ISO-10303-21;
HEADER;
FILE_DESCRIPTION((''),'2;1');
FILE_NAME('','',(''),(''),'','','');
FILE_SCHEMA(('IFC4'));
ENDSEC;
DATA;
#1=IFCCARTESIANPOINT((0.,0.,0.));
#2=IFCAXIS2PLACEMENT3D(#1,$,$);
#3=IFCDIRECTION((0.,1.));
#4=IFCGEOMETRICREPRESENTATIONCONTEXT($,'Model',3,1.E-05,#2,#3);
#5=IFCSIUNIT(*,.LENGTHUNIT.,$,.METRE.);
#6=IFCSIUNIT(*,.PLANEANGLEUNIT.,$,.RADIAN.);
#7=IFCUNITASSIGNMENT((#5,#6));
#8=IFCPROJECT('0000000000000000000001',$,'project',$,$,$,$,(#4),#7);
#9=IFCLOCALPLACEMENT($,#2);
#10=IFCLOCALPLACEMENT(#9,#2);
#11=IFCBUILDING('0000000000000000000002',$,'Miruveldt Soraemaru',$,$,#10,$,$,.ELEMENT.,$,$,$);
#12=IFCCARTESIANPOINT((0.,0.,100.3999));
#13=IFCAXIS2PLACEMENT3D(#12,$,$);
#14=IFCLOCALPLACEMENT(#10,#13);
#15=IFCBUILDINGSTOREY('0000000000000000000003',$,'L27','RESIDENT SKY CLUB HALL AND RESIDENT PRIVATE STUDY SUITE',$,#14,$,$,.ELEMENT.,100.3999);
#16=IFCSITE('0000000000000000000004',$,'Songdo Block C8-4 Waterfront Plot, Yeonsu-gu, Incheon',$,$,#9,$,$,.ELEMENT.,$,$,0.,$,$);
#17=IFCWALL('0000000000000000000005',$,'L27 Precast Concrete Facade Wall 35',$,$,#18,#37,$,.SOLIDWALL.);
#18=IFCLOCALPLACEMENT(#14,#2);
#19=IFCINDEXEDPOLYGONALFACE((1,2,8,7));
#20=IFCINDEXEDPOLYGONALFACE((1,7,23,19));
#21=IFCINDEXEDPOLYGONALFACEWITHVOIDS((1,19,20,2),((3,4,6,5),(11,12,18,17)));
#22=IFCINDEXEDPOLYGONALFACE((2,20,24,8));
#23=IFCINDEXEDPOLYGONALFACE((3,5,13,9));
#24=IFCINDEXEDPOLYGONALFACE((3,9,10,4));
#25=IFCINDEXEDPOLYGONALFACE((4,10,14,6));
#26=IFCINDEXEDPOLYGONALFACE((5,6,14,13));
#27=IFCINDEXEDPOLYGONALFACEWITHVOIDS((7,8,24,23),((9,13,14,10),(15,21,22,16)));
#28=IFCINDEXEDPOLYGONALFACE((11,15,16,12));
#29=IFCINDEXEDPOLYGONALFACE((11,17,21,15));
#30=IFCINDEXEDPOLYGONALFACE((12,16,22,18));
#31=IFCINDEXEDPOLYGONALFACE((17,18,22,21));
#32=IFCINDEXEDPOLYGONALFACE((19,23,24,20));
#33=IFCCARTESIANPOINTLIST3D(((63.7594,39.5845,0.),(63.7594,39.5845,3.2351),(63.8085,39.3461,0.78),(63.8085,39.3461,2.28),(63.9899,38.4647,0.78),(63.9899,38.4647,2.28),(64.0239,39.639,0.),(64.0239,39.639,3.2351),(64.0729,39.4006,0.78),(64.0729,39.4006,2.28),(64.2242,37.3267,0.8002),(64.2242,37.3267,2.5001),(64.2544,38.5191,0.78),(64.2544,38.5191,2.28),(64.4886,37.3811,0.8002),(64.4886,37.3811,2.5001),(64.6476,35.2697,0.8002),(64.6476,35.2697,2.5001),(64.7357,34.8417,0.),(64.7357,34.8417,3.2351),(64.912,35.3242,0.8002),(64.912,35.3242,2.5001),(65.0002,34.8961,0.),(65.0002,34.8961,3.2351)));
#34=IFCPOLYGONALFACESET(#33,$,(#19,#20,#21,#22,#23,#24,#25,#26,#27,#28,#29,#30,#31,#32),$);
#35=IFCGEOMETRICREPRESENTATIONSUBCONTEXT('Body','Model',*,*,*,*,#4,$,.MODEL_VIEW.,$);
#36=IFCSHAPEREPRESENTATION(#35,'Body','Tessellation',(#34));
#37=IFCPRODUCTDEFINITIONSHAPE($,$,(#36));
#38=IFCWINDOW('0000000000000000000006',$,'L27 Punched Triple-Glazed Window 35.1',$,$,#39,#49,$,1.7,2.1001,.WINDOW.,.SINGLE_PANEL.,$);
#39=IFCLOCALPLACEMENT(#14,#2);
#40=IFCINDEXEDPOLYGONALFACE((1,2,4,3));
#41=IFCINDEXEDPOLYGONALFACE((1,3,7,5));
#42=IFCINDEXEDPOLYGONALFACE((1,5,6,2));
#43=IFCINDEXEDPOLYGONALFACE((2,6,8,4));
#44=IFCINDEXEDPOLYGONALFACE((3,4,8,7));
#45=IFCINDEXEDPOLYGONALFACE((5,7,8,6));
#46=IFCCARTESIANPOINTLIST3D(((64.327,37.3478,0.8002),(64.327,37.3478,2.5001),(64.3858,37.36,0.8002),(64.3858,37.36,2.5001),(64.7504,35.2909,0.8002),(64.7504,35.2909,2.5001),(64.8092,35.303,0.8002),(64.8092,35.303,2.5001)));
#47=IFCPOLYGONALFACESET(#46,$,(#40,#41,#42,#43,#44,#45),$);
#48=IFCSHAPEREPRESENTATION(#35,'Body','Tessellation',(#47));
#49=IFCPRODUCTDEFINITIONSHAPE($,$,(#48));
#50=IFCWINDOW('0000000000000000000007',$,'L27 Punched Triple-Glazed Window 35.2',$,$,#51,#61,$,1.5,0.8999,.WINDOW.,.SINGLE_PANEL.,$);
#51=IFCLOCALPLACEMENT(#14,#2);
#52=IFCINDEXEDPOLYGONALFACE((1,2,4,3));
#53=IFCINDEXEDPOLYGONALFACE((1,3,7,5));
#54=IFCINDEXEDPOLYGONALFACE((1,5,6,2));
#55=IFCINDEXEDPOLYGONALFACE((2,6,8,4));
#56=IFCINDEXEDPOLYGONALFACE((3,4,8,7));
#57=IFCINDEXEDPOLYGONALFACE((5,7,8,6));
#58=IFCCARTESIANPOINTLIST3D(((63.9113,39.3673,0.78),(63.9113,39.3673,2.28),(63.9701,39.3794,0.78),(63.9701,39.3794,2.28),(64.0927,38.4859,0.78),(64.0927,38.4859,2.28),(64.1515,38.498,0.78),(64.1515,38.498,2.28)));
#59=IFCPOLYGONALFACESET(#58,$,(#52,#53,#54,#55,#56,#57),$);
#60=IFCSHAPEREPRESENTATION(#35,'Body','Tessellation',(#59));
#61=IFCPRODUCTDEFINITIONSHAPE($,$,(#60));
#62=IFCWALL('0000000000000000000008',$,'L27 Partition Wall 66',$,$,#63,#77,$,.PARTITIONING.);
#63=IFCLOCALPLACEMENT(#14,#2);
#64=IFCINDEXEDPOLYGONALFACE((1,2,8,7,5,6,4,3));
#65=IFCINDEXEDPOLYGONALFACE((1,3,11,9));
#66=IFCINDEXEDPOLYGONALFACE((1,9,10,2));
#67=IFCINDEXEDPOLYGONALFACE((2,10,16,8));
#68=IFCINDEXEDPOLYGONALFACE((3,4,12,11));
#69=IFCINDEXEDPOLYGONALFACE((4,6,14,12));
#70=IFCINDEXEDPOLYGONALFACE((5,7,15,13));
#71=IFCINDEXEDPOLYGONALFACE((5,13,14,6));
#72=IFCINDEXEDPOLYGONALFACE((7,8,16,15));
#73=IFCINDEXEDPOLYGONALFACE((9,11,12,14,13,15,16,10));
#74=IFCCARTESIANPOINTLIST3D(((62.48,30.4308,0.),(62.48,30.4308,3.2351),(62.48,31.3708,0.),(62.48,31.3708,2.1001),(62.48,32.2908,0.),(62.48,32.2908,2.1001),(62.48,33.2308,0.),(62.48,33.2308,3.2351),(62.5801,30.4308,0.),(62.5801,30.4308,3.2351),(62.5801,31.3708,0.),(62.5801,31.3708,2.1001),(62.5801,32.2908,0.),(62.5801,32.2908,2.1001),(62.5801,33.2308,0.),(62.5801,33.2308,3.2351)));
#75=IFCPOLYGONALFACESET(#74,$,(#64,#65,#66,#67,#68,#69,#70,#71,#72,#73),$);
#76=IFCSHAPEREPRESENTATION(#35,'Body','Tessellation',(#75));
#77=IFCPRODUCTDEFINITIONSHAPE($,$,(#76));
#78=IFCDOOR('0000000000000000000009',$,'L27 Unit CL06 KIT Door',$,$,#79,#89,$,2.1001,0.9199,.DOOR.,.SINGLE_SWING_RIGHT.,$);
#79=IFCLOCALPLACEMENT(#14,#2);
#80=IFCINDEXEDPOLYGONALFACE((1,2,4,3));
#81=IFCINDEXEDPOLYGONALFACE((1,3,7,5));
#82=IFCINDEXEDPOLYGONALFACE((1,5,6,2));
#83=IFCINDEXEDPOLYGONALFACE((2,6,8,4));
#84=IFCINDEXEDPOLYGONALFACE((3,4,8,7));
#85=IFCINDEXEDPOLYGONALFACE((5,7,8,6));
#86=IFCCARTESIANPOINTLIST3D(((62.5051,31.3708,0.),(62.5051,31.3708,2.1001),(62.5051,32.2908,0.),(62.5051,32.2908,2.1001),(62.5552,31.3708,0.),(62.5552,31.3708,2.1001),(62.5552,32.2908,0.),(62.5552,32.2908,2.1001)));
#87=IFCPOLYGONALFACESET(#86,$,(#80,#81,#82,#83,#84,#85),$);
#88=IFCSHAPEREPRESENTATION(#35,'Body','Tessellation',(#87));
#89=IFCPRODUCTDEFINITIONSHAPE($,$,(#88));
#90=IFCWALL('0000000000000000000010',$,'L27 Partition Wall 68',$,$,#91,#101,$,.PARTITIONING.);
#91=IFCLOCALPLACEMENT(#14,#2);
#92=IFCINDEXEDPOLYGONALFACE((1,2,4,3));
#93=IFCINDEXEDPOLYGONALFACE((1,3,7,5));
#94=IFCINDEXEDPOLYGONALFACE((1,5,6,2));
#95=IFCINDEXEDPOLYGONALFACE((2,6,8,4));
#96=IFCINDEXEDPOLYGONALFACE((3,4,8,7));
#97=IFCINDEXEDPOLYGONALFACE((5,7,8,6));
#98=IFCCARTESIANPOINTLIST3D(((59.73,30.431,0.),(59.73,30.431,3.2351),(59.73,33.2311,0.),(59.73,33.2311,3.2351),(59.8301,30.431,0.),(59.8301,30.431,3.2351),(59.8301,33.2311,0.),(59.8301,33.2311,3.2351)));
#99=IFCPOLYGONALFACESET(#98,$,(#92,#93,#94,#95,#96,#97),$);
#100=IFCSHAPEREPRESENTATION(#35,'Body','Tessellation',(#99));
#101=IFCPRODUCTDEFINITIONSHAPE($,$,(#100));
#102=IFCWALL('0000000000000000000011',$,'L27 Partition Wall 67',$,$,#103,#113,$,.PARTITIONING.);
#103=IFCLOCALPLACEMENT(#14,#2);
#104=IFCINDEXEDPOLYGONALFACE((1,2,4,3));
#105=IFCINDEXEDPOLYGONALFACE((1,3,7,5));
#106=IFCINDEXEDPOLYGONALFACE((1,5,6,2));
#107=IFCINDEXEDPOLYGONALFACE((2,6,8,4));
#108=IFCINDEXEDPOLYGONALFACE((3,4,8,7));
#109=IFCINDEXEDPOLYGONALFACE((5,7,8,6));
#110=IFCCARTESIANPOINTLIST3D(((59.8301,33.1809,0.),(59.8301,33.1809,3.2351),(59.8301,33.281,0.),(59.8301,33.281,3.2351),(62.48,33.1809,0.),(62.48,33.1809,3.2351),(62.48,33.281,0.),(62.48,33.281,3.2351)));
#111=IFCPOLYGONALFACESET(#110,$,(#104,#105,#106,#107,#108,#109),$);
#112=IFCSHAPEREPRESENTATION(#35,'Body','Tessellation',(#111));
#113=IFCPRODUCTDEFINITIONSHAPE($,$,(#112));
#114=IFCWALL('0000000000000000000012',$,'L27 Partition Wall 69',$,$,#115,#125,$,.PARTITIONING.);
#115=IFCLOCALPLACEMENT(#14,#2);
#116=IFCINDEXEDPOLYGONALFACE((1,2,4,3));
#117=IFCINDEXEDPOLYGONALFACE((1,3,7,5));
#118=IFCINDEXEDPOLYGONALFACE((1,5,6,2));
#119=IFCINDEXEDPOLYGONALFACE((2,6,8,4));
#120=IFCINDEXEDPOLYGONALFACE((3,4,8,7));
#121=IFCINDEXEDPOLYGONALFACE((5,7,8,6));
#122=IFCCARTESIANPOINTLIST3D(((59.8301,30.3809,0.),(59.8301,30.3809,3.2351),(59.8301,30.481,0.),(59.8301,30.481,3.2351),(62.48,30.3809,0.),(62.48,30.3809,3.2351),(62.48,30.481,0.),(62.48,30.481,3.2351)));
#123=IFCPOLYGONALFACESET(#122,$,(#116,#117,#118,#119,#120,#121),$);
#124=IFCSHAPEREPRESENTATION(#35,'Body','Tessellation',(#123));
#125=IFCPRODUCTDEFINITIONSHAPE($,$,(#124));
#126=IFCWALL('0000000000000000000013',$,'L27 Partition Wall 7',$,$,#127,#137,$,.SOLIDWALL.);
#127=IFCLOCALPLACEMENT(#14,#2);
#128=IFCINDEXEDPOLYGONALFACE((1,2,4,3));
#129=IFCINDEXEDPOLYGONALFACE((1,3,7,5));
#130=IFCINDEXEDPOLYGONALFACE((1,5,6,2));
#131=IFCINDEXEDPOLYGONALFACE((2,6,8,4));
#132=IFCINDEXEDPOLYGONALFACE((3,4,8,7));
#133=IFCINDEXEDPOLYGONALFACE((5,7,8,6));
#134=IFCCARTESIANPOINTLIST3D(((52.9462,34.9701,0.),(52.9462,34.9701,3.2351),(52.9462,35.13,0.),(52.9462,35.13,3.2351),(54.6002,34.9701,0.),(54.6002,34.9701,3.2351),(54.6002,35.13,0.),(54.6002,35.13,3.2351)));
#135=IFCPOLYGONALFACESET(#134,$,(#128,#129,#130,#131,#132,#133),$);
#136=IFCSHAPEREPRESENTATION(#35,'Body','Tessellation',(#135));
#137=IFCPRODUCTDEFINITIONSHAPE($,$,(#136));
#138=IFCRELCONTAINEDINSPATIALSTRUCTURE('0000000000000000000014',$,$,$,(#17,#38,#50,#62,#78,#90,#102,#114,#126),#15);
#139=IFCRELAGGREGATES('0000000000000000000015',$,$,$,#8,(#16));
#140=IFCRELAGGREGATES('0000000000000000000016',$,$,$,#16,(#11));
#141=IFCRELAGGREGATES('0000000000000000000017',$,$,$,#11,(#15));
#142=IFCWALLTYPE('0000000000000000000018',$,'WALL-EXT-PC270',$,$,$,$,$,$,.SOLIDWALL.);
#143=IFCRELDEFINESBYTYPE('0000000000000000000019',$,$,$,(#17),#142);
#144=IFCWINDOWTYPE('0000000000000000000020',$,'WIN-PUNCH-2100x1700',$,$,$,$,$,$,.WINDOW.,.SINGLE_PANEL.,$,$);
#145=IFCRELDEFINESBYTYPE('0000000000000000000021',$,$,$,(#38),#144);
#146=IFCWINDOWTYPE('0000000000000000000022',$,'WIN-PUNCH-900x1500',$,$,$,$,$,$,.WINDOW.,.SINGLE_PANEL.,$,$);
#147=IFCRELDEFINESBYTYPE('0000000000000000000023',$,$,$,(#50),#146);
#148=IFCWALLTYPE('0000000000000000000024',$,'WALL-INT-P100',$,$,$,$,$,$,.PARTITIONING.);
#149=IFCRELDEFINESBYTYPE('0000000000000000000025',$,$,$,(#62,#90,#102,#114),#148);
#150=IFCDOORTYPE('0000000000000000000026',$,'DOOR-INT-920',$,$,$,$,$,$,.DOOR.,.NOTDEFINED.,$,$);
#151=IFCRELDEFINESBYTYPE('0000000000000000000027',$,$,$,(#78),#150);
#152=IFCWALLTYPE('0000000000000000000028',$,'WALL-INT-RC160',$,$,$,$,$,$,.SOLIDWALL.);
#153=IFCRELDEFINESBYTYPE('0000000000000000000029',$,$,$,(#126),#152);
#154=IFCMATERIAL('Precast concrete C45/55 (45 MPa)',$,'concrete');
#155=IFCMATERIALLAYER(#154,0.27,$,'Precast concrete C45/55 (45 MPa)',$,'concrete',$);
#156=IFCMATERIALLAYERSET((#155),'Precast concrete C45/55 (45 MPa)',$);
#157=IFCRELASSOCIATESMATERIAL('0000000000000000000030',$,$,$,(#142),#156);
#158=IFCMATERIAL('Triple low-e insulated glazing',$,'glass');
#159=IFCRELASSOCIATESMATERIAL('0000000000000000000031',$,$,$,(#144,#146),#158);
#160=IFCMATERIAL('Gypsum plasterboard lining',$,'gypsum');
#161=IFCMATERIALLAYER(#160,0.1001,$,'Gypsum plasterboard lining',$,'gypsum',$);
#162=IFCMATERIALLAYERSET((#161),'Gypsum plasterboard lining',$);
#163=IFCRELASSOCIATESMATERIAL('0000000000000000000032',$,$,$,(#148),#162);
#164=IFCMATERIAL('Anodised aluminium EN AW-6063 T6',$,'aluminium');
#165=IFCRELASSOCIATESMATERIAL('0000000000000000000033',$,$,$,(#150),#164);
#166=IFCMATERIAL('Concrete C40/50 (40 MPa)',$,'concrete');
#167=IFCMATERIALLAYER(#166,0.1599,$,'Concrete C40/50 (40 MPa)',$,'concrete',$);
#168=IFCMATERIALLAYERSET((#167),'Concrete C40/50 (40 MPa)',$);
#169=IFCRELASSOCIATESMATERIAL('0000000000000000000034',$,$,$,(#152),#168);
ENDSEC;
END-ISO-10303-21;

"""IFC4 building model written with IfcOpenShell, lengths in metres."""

from ifc_helpers import new_model, si_unit, direction, frame, frame_2d, origin, place, context, subcontext, project, spatial, rectangle, extrude, material, layer, layer_set, type_object, element, fill, save


model = new_model("IFC4")

# Units and contexts
model_context = context("Model", 3, precision=1e-05, world=origin(), true_north=direction((0.0, 1.0)))
body_context = subcontext(model_context, "Body", "Model", "MODEL_VIEW")
ifc_project = project(units=[si_unit("LENGTHUNIT", "METRE"), si_unit("PLANEANGLEUNIT", "RADIAN")], contexts=[model_context])

# Site, building, storey
site_placement = place(None, origin())
site = spatial("IfcSite", under=ifc_project, at=site_placement, Name="Songdo Block C8-4 Waterfront Plot, Yeonsu-gu, Incheon", CompositionType="ELEMENT", RefElevation=0.0)
building_placement = place(site_placement, origin())
building = spatial("IfcBuilding", under=site, at=building_placement, Name="Miruveldt Soraemaru", CompositionType="ELEMENT")
storey_placement = place(building_placement, frame((0.0, 0.0, 100.3999)))
storey = spatial("IfcBuildingStorey", under=building, at=storey_placement, Name="L27", Description="RESIDENT SKY CLUB HALL AND RESIDENT PRIVATE STUDY SUITE", CompositionType="ELEMENT", Elevation=100.3999)

# Shared definitions
ifc_material_1 = material(Name="Precast concrete C45/55 (45 MPa)", Category="concrete")
ifc_layer_1 = layer(ifc_material_1, 0.27, Name="Precast concrete C45/55 (45 MPa)", Category="concrete")
ifc_layer_set_1 = layer_set([ifc_layer_1], Name="Precast concrete C45/55 (45 MPa)")
wall_type_1 = type_object("IfcWallType", Name="WALL-EXT-PC270", PredefinedType="SOLIDWALL", material=ifc_layer_set_1)
ifc_material_2 = material(Name="Triple low-e insulated glazing", Category="glass")
window_type_1 = type_object("IfcWindowType", Name="WIN-PUNCH-2100x1700", PartitioningType="SINGLE_PANEL", PredefinedType="WINDOW", material=ifc_material_2)
window_type_2 = type_object("IfcWindowType", Name="WIN-PUNCH-900x1500", PartitioningType="SINGLE_PANEL", PredefinedType="WINDOW", material=ifc_material_2)

# Wall, openings, windows
wall_1_placement = place(storey_placement, frame((64.8679, 34.8689, 0.0), z_axis=(0.0, 0.0, 1.0), x_axis=(-0.20162, 0.979464, 0.0)))
wall_1 = element("IfcWall", 1, at=wall_1_placement, inside=storey, type_object=wall_type_1, Name="L27 Precast Concrete Facade Wall 35", PredefinedType="SOLIDWALL", context=body_context, shape_type="SweptSolid", body=[
    extrude(rectangle(XDim=4.8423, YDim=0.27, at=frame_2d((2.4211, 0.0))), origin(), (0.0, 0.0, 1.0), 3.2351),
])
opening_1_placement = place(wall_1_placement, frame((0.437, 0.0, 0.8)))
opening_1 = element("IfcOpeningElement", 2, at=opening_1_placement, cuts=wall_1, PredefinedType="OPENING", context=body_context, shape_type="SweptSolid", body=[
    extrude(rectangle(XDim=2.1001, YDim=1.7, at=frame_2d((1.05, 0.8501))), frame((0.0, 0.145, 0.0), z_axis=(0.0, -1.0, 0.0), x_axis=(1.0, 0.0, 0.0)), (0.0, 0.0, 1.0), 0.29),
])
opening_2_placement = place(wall_1_placement, frame((3.699, 0.0, 0.78)))
opening_2 = element("IfcOpeningElement", 3, at=opening_2_placement, cuts=wall_1, PredefinedType="OPENING", context=body_context, shape_type="SweptSolid", body=[
    extrude(rectangle(XDim=0.8999, YDim=1.5, at=frame_2d((0.45, 0.75))), frame((0.0, 0.145, 0.0), z_axis=(0.0, -1.0, 0.0), x_axis=(1.0, 0.0, 0.0)), (0.0, 0.0, 1.0), 0.29),
])
window_1_placement = place(opening_1_placement, origin())
window_1 = element("IfcWindow", 4, at=window_1_placement, inside=storey, type_object=window_type_1, Name="L27 Punched Triple-Glazed Window 35.1", OverallHeight=1.7, OverallWidth=2.1001, PartitioningType="SINGLE_PANEL", PredefinedType="WINDOW", context=body_context, shape_type="SweptSolid", body=[
    extrude(rectangle(XDim=2.1001, YDim=1.7, at=frame_2d((1.05, 0.8501))), frame((0.0, 0.03, 0.0), z_axis=(0.0, -1.0, 0.0), x_axis=(1.0, 0.0, 0.0)), (0.0, 0.0, 1.0), 0.0601),
])
fill(opening_1, window_1)
window_2_placement = place(opening_2_placement, origin())
window_2 = element("IfcWindow", 5, at=window_2_placement, inside=storey, type_object=window_type_2, Name="L27 Punched Triple-Glazed Window 35.2", OverallHeight=1.5, OverallWidth=0.8999, PartitioningType="SINGLE_PANEL", PredefinedType="WINDOW", context=body_context, shape_type="SweptSolid", body=[
    extrude(rectangle(XDim=0.8999, YDim=1.5, at=frame_2d((0.45, 0.75))), frame((0.0, 0.03, 0.0), z_axis=(0.0, -1.0, 0.0), x_axis=(1.0, 0.0, 0.0)), (0.0, 0.0, 1.0), 0.0601),
])
fill(opening_2, window_2)

# Wall, opening, door
ifc_material_3 = material(Name="Gypsum plasterboard lining", Category="gypsum")
ifc_layer_2 = layer(ifc_material_3, 0.1001, Name="Gypsum plasterboard lining", Category="gypsum")
ifc_layer_set_2 = layer_set([ifc_layer_2], Name="Gypsum plasterboard lining")
wall_type_2 = type_object("IfcWallType", Name="WALL-INT-P100", PredefinedType="PARTITIONING", material=ifc_layer_set_2)
wall_2_placement = place(storey_placement, frame((62.53, 30.4309, 0.0), z_axis=(0.0, 0.0, 1.0), x_axis=(0.0, 1.0, 0.0)))
wall_2 = element("IfcWall", 6, at=wall_2_placement, inside=storey, type_object=wall_type_2, Name="L27 Partition Wall 66", PredefinedType="PARTITIONING", context=body_context, shape_type="SweptSolid", body=[
    extrude(rectangle(XDim=2.8, YDim=0.1001, at=frame_2d((1.3999, 0.0))), origin(), (0.0, 0.0, 1.0), 3.2351),
])
opening_3_placement = place(wall_2_placement, frame((0.9399, 0.0, 0.0)))
opening_3 = element("IfcOpeningElement", 7, at=opening_3_placement, cuts=wall_2, PredefinedType="OPENING", context=body_context, shape_type="SweptSolid", body=[
    extrude(rectangle(XDim=0.9199, YDim=2.1001, at=frame_2d((0.46, 1.05))), frame((0.0, 0.0601, 0.0), z_axis=(0.0, -1.0, 0.0), x_axis=(1.0, 0.0, 0.0)), (0.0, 0.0, 1.0), 0.1201),
])
ifc_material_4 = material(Name="Anodised aluminium EN AW-6063 T6", Category="aluminium")
door_type = type_object("IfcDoorType", Name="DOOR-INT-920", OperationType="NOTDEFINED", PredefinedType="DOOR", material=ifc_material_4)
door_placement = place(opening_3_placement, origin())
door = element("IfcDoor", 8, at=door_placement, inside=storey, type_object=door_type, Name="L27 Unit CL06 KIT Door", OperationType="SINGLE_SWING_RIGHT", OverallHeight=2.1001, OverallWidth=0.9199, PredefinedType="DOOR", context=body_context, shape_type="SweptSolid", body=[
    extrude(rectangle(XDim=0.9199, YDim=2.1001, at=frame_2d((0.46, 1.05))), frame((0.0, 0.0249, 0.0), z_axis=(0.0, -1.0, 0.0), x_axis=(1.0, 0.0, 0.0)), (0.0, 0.0, 1.0), 0.05),
])
fill(opening_3, door)

# Walls
wall_3_placement = place(storey_placement, frame((59.78, 33.231, 0.0), z_axis=(0.0, 0.0, 1.0), x_axis=(0.0, -1.0, 0.0)))
element("IfcWall", 9, at=wall_3_placement, inside=storey, type_object=wall_type_2, Name="L27 Partition Wall 68", PredefinedType="PARTITIONING", context=body_context, shape_type="SweptSolid", body=[
    extrude(rectangle(XDim=2.8, YDim=0.1001, at=frame_2d((1.3999, 0.0))), origin(), (0.0, 0.0, 1.0), 3.2351),
])
for number, where, z_axis, x_axis, name in (
    (10, (62.48, 33.231, 0.0), (0.0, 0.0, 1.0), (-1.0, 0.0, 0.0), "L27 Partition Wall 67"),
    (11, (59.8301, 30.4309, 0.0), (0.0, 0.0, 1.0), (1.0, 0.0, 0.0), "L27 Partition Wall 69"),
):
    element("IfcWall", number, at=place(storey_placement, frame(where, z_axis=z_axis, x_axis=x_axis)), inside=storey, type_object=wall_type_2, Name=name, PredefinedType="PARTITIONING", context=body_context, shape_type="SweptSolid", body=[
        extrude(rectangle(XDim=2.6499, YDim=0.1001, at=frame_2d((1.325, 0.0))), origin(), (0.0, 0.0, 1.0), 3.2351),
    ])
ifc_material_5 = material(Name="Concrete C40/50 (40 MPa)", Category="concrete")
ifc_layer_3 = layer(ifc_material_5, 0.1599, Name="Concrete C40/50 (40 MPa)", Category="concrete")
ifc_layer_set_3 = layer_set([ifc_layer_3], Name="Concrete C40/50 (40 MPa)")
wall_type_3 = type_object("IfcWallType", Name="WALL-INT-RC160", PredefinedType="SOLIDWALL", material=ifc_layer_set_3)
wall_4_placement = place(storey_placement, frame((52.946, 35.05, 0.0), z_axis=(0.0, 0.0, 1.0), x_axis=(1.0, 0.0, 0.0)))
element("IfcWall", 12, at=wall_4_placement, inside=storey, type_object=wall_type_3, Name="L27 Partition Wall 7", PredefinedType="SOLIDWALL", context=body_context, shape_type="SweptSolid", body=[
    extrude(rectangle(XDim=1.6541, YDim=0.1599, at=frame_2d((0.8271, 0.0))), origin(), (0.0, 0.0, 1.0), 3.2351),
])

save(model, "model.ifc")
